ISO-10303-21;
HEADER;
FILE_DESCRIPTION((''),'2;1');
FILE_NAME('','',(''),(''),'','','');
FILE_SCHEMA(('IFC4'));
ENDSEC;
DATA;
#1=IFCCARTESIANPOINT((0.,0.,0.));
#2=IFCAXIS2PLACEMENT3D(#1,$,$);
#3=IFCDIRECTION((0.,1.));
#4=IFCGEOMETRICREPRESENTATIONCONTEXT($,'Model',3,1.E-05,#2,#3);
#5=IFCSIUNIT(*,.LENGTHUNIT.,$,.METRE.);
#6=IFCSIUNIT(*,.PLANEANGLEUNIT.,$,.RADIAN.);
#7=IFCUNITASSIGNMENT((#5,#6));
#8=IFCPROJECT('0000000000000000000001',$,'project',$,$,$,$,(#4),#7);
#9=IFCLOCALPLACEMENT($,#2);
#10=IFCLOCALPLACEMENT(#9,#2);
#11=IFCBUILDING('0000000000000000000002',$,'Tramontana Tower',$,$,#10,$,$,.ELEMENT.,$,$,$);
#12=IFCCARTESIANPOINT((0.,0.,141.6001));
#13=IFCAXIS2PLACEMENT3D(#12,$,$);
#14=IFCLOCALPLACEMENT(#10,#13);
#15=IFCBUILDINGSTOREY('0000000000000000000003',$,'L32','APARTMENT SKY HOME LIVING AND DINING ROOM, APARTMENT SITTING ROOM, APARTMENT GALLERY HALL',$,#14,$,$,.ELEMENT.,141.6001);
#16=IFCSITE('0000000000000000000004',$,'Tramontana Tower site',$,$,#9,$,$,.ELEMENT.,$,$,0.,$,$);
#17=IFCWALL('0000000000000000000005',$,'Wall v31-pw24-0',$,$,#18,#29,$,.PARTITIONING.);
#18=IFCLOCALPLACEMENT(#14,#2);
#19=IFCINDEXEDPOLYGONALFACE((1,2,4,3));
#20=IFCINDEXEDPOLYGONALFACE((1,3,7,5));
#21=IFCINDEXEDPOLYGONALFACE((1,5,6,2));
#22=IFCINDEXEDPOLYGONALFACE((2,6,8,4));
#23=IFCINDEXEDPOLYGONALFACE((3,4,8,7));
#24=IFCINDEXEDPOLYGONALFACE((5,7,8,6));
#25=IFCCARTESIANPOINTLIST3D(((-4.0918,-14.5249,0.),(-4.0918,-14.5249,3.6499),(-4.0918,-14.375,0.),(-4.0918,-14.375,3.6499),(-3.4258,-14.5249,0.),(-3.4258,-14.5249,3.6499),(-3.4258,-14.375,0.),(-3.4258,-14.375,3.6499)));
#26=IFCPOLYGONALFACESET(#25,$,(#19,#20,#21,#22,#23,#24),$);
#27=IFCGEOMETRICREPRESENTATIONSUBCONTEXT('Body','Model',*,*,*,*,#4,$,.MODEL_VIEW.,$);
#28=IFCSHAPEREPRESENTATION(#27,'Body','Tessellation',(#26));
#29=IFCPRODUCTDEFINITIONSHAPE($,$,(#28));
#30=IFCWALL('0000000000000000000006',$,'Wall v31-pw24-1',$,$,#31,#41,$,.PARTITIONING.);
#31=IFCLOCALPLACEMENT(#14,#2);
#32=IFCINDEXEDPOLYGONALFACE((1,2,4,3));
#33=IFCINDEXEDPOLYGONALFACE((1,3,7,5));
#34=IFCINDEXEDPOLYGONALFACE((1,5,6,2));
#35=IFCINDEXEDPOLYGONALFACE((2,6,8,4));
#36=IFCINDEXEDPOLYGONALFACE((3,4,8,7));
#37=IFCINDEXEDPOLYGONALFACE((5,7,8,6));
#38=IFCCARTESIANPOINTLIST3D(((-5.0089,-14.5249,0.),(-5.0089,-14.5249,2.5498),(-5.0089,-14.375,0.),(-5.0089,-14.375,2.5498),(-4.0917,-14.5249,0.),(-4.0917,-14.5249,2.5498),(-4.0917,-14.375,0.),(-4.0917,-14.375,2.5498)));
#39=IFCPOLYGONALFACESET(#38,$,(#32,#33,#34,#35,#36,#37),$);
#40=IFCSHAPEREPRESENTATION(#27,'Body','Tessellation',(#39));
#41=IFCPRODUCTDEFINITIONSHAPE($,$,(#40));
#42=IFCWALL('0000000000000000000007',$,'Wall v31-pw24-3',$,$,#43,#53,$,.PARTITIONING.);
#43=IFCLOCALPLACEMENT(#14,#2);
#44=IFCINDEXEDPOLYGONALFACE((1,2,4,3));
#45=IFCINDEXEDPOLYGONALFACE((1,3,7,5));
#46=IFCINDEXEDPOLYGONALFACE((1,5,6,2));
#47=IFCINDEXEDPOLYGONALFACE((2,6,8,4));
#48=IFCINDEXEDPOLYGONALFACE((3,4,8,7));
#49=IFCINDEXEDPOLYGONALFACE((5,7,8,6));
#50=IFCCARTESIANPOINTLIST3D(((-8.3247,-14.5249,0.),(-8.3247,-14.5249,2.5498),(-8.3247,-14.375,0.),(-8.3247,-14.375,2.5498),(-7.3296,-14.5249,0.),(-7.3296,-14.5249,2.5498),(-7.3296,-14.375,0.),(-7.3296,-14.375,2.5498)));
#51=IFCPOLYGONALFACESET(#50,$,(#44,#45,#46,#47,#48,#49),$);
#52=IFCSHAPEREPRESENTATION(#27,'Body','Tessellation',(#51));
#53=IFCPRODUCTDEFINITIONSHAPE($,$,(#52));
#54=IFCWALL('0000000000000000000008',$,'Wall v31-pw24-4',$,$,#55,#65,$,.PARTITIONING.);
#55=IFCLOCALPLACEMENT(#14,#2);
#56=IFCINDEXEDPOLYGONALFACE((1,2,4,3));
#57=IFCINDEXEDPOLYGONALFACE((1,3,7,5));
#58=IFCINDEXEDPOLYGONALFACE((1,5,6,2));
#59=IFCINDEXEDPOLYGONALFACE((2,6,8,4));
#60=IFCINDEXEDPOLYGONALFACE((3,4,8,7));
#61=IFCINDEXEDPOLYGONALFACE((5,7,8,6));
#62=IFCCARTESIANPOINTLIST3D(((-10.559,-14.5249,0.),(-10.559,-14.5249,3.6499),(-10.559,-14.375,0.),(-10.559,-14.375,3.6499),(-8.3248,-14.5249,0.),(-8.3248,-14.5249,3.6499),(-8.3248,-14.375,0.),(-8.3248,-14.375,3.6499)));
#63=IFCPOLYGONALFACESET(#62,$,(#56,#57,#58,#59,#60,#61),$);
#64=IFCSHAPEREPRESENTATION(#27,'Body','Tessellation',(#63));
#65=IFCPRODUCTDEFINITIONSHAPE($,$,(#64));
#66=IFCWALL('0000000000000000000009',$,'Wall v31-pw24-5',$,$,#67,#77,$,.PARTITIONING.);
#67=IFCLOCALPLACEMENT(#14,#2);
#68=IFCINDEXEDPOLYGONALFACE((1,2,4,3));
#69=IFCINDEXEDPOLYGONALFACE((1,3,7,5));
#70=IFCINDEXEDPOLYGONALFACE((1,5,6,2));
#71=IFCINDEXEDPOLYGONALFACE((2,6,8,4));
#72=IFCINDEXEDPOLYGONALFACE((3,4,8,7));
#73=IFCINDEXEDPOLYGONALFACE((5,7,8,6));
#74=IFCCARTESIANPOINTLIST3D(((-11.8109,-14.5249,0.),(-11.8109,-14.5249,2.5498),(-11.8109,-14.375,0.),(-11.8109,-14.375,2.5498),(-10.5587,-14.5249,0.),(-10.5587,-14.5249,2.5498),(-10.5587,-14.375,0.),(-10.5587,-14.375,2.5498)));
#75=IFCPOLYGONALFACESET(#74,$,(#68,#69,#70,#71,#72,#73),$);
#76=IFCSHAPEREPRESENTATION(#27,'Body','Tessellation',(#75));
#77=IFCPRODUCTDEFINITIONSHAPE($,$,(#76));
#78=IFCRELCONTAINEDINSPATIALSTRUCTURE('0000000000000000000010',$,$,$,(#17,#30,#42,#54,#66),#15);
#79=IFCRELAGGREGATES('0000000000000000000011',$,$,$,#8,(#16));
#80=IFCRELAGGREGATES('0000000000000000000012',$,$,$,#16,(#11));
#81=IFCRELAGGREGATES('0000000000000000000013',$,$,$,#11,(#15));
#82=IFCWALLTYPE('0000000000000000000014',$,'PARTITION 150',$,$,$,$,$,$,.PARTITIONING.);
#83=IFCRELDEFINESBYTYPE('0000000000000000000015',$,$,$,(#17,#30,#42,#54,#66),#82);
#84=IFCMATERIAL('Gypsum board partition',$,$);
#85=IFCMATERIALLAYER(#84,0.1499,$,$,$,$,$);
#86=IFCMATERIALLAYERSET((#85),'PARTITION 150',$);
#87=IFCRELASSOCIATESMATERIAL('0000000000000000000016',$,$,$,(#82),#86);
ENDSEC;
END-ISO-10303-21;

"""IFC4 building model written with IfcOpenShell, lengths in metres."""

from ifc_helpers import new_model, si_unit, direction, frame, frame_2d, origin, place, context, subcontext, project, spatial, rectangle, extrude, material, layer, layer_set, type_object, element, save


model = new_model("IFC4")

# Units and contexts
model_context = context("Model", 3, precision=1e-05, world=origin(), true_north=direction((0.0, 1.0)))
body_context = subcontext(model_context, "Body", "Model", "MODEL_VIEW")
ifc_project = project(units=[si_unit("LENGTHUNIT", "METRE"), si_unit("PLANEANGLEUNIT", "RADIAN")], contexts=[model_context])

# Site, building, storey
site_placement = place(None, origin())
site = spatial("IfcSite", under=ifc_project, at=site_placement, Name="Tramontana Tower site", CompositionType="ELEMENT", RefElevation=0.0)
building_placement = place(site_placement, origin())
building = spatial("IfcBuilding", under=site, at=building_placement, Name="Tramontana Tower", CompositionType="ELEMENT")
storey_placement = place(building_placement, frame((0.0, 0.0, 141.6001)))
storey = spatial("IfcBuildingStorey", under=building, at=storey_placement, Name="L32", Description="APARTMENT SKY HOME LIVING AND DINING ROOM, APARTMENT SITTING ROOM, APARTMENT GALLERY HALL", CompositionType="ELEMENT", Elevation=141.6001)

# Shared definitions
ifc_material_1 = material(Name="Gypsum board partition")
ifc_layer_1 = layer(ifc_material_1, 0.1499)
ifc_layer_set_1 = layer_set([ifc_layer_1], Name="PARTITION 150")
wall_type_1 = type_object("IfcWallType", Name="PARTITION 150", PredefinedType="PARTITIONING", material=ifc_layer_set_1)

# Walls
wall_1_placement = place(storey_placement, frame((-3.4258, -14.45, 0.0), z_axis=(0.0, 0.0, 1.0), x_axis=(-1.0, 0.0, 0.0)))
element("IfcWall", 1, at=wall_1_placement, inside=storey, type_object=wall_type_1, Name="Wall v31-pw24-0", PredefinedType="PARTITIONING", context=body_context, shape_type="SweptSolid", body=[
    extrude(rectangle(XDim=0.666, YDim=0.1499, at=frame_2d((0.333, 0.0))), origin(), (0.0, 0.0, 1.0), 3.6499),
])
wall_2_placement = place(storey_placement, frame((-4.0918, -14.45, 0.0), z_axis=(0.0, 0.0, 1.0), x_axis=(-1.0, 0.0, 0.0)))
element("IfcWall", 2, at=wall_2_placement, inside=storey, type_object=wall_type_1, Name="Wall v31-pw24-1", PredefinedType="PARTITIONING", context=body_context, shape_type="SweptSolid", body=[
    extrude(rectangle(XDim=0.9172, YDim=0.1499, at=frame_2d((0.4585, 0.0))), origin(), (0.0, 0.0, 1.0), 2.5498),
])

# Walls
wall_3_placement = place(storey_placement, frame((-7.3296, -14.45, 0.0), z_axis=(0.0, 0.0, 1.0), x_axis=(-1.0, 0.0, 0.0)))
element("IfcWall", 3, at=wall_3_placement, inside=storey, type_object=wall_type_1, Name="Wall v31-pw24-3", PredefinedType="PARTITIONING", context=body_context, shape_type="SweptSolid", body=[
    extrude(rectangle(XDim=0.9951, YDim=0.1499, at=frame_2d((0.4976, 0.0))), origin(), (0.0, 0.0, 1.0), 2.5498),
])
wall_4_placement = place(storey_placement, frame((-8.3247, -14.45, 0.0), z_axis=(0.0, 0.0, 1.0), x_axis=(-1.0, 0.0, 0.0)))
element("IfcWall", 4, at=wall_4_placement, inside=storey, type_object=wall_type_1, Name="Wall v31-pw24-4", PredefinedType="PARTITIONING", context=body_context, shape_type="SweptSolid", body=[
    extrude(rectangle(XDim=2.2341, YDim=0.1499, at=frame_2d((1.1172, 0.0))), origin(), (0.0, 0.0, 1.0), 3.6499),
])
wall_5_placement = place(storey_placement, frame((-10.5588, -14.45, 0.0), z_axis=(0.0, 0.0, 1.0), x_axis=(-1.0, 0.0, 0.0)))
element("IfcWall", 5, at=wall_5_placement, inside=storey, type_object=wall_type_1, Name="Wall v31-pw24-5", PredefinedType="PARTITIONING", context=body_context, shape_type="SweptSolid", body=[
    extrude(rectangle(XDim=1.2522, YDim=0.1499, at=frame_2d((0.626, 0.0))), origin(), (0.0, 0.0, 1.0), 2.5498),
])

save(model, "model.ifc")
